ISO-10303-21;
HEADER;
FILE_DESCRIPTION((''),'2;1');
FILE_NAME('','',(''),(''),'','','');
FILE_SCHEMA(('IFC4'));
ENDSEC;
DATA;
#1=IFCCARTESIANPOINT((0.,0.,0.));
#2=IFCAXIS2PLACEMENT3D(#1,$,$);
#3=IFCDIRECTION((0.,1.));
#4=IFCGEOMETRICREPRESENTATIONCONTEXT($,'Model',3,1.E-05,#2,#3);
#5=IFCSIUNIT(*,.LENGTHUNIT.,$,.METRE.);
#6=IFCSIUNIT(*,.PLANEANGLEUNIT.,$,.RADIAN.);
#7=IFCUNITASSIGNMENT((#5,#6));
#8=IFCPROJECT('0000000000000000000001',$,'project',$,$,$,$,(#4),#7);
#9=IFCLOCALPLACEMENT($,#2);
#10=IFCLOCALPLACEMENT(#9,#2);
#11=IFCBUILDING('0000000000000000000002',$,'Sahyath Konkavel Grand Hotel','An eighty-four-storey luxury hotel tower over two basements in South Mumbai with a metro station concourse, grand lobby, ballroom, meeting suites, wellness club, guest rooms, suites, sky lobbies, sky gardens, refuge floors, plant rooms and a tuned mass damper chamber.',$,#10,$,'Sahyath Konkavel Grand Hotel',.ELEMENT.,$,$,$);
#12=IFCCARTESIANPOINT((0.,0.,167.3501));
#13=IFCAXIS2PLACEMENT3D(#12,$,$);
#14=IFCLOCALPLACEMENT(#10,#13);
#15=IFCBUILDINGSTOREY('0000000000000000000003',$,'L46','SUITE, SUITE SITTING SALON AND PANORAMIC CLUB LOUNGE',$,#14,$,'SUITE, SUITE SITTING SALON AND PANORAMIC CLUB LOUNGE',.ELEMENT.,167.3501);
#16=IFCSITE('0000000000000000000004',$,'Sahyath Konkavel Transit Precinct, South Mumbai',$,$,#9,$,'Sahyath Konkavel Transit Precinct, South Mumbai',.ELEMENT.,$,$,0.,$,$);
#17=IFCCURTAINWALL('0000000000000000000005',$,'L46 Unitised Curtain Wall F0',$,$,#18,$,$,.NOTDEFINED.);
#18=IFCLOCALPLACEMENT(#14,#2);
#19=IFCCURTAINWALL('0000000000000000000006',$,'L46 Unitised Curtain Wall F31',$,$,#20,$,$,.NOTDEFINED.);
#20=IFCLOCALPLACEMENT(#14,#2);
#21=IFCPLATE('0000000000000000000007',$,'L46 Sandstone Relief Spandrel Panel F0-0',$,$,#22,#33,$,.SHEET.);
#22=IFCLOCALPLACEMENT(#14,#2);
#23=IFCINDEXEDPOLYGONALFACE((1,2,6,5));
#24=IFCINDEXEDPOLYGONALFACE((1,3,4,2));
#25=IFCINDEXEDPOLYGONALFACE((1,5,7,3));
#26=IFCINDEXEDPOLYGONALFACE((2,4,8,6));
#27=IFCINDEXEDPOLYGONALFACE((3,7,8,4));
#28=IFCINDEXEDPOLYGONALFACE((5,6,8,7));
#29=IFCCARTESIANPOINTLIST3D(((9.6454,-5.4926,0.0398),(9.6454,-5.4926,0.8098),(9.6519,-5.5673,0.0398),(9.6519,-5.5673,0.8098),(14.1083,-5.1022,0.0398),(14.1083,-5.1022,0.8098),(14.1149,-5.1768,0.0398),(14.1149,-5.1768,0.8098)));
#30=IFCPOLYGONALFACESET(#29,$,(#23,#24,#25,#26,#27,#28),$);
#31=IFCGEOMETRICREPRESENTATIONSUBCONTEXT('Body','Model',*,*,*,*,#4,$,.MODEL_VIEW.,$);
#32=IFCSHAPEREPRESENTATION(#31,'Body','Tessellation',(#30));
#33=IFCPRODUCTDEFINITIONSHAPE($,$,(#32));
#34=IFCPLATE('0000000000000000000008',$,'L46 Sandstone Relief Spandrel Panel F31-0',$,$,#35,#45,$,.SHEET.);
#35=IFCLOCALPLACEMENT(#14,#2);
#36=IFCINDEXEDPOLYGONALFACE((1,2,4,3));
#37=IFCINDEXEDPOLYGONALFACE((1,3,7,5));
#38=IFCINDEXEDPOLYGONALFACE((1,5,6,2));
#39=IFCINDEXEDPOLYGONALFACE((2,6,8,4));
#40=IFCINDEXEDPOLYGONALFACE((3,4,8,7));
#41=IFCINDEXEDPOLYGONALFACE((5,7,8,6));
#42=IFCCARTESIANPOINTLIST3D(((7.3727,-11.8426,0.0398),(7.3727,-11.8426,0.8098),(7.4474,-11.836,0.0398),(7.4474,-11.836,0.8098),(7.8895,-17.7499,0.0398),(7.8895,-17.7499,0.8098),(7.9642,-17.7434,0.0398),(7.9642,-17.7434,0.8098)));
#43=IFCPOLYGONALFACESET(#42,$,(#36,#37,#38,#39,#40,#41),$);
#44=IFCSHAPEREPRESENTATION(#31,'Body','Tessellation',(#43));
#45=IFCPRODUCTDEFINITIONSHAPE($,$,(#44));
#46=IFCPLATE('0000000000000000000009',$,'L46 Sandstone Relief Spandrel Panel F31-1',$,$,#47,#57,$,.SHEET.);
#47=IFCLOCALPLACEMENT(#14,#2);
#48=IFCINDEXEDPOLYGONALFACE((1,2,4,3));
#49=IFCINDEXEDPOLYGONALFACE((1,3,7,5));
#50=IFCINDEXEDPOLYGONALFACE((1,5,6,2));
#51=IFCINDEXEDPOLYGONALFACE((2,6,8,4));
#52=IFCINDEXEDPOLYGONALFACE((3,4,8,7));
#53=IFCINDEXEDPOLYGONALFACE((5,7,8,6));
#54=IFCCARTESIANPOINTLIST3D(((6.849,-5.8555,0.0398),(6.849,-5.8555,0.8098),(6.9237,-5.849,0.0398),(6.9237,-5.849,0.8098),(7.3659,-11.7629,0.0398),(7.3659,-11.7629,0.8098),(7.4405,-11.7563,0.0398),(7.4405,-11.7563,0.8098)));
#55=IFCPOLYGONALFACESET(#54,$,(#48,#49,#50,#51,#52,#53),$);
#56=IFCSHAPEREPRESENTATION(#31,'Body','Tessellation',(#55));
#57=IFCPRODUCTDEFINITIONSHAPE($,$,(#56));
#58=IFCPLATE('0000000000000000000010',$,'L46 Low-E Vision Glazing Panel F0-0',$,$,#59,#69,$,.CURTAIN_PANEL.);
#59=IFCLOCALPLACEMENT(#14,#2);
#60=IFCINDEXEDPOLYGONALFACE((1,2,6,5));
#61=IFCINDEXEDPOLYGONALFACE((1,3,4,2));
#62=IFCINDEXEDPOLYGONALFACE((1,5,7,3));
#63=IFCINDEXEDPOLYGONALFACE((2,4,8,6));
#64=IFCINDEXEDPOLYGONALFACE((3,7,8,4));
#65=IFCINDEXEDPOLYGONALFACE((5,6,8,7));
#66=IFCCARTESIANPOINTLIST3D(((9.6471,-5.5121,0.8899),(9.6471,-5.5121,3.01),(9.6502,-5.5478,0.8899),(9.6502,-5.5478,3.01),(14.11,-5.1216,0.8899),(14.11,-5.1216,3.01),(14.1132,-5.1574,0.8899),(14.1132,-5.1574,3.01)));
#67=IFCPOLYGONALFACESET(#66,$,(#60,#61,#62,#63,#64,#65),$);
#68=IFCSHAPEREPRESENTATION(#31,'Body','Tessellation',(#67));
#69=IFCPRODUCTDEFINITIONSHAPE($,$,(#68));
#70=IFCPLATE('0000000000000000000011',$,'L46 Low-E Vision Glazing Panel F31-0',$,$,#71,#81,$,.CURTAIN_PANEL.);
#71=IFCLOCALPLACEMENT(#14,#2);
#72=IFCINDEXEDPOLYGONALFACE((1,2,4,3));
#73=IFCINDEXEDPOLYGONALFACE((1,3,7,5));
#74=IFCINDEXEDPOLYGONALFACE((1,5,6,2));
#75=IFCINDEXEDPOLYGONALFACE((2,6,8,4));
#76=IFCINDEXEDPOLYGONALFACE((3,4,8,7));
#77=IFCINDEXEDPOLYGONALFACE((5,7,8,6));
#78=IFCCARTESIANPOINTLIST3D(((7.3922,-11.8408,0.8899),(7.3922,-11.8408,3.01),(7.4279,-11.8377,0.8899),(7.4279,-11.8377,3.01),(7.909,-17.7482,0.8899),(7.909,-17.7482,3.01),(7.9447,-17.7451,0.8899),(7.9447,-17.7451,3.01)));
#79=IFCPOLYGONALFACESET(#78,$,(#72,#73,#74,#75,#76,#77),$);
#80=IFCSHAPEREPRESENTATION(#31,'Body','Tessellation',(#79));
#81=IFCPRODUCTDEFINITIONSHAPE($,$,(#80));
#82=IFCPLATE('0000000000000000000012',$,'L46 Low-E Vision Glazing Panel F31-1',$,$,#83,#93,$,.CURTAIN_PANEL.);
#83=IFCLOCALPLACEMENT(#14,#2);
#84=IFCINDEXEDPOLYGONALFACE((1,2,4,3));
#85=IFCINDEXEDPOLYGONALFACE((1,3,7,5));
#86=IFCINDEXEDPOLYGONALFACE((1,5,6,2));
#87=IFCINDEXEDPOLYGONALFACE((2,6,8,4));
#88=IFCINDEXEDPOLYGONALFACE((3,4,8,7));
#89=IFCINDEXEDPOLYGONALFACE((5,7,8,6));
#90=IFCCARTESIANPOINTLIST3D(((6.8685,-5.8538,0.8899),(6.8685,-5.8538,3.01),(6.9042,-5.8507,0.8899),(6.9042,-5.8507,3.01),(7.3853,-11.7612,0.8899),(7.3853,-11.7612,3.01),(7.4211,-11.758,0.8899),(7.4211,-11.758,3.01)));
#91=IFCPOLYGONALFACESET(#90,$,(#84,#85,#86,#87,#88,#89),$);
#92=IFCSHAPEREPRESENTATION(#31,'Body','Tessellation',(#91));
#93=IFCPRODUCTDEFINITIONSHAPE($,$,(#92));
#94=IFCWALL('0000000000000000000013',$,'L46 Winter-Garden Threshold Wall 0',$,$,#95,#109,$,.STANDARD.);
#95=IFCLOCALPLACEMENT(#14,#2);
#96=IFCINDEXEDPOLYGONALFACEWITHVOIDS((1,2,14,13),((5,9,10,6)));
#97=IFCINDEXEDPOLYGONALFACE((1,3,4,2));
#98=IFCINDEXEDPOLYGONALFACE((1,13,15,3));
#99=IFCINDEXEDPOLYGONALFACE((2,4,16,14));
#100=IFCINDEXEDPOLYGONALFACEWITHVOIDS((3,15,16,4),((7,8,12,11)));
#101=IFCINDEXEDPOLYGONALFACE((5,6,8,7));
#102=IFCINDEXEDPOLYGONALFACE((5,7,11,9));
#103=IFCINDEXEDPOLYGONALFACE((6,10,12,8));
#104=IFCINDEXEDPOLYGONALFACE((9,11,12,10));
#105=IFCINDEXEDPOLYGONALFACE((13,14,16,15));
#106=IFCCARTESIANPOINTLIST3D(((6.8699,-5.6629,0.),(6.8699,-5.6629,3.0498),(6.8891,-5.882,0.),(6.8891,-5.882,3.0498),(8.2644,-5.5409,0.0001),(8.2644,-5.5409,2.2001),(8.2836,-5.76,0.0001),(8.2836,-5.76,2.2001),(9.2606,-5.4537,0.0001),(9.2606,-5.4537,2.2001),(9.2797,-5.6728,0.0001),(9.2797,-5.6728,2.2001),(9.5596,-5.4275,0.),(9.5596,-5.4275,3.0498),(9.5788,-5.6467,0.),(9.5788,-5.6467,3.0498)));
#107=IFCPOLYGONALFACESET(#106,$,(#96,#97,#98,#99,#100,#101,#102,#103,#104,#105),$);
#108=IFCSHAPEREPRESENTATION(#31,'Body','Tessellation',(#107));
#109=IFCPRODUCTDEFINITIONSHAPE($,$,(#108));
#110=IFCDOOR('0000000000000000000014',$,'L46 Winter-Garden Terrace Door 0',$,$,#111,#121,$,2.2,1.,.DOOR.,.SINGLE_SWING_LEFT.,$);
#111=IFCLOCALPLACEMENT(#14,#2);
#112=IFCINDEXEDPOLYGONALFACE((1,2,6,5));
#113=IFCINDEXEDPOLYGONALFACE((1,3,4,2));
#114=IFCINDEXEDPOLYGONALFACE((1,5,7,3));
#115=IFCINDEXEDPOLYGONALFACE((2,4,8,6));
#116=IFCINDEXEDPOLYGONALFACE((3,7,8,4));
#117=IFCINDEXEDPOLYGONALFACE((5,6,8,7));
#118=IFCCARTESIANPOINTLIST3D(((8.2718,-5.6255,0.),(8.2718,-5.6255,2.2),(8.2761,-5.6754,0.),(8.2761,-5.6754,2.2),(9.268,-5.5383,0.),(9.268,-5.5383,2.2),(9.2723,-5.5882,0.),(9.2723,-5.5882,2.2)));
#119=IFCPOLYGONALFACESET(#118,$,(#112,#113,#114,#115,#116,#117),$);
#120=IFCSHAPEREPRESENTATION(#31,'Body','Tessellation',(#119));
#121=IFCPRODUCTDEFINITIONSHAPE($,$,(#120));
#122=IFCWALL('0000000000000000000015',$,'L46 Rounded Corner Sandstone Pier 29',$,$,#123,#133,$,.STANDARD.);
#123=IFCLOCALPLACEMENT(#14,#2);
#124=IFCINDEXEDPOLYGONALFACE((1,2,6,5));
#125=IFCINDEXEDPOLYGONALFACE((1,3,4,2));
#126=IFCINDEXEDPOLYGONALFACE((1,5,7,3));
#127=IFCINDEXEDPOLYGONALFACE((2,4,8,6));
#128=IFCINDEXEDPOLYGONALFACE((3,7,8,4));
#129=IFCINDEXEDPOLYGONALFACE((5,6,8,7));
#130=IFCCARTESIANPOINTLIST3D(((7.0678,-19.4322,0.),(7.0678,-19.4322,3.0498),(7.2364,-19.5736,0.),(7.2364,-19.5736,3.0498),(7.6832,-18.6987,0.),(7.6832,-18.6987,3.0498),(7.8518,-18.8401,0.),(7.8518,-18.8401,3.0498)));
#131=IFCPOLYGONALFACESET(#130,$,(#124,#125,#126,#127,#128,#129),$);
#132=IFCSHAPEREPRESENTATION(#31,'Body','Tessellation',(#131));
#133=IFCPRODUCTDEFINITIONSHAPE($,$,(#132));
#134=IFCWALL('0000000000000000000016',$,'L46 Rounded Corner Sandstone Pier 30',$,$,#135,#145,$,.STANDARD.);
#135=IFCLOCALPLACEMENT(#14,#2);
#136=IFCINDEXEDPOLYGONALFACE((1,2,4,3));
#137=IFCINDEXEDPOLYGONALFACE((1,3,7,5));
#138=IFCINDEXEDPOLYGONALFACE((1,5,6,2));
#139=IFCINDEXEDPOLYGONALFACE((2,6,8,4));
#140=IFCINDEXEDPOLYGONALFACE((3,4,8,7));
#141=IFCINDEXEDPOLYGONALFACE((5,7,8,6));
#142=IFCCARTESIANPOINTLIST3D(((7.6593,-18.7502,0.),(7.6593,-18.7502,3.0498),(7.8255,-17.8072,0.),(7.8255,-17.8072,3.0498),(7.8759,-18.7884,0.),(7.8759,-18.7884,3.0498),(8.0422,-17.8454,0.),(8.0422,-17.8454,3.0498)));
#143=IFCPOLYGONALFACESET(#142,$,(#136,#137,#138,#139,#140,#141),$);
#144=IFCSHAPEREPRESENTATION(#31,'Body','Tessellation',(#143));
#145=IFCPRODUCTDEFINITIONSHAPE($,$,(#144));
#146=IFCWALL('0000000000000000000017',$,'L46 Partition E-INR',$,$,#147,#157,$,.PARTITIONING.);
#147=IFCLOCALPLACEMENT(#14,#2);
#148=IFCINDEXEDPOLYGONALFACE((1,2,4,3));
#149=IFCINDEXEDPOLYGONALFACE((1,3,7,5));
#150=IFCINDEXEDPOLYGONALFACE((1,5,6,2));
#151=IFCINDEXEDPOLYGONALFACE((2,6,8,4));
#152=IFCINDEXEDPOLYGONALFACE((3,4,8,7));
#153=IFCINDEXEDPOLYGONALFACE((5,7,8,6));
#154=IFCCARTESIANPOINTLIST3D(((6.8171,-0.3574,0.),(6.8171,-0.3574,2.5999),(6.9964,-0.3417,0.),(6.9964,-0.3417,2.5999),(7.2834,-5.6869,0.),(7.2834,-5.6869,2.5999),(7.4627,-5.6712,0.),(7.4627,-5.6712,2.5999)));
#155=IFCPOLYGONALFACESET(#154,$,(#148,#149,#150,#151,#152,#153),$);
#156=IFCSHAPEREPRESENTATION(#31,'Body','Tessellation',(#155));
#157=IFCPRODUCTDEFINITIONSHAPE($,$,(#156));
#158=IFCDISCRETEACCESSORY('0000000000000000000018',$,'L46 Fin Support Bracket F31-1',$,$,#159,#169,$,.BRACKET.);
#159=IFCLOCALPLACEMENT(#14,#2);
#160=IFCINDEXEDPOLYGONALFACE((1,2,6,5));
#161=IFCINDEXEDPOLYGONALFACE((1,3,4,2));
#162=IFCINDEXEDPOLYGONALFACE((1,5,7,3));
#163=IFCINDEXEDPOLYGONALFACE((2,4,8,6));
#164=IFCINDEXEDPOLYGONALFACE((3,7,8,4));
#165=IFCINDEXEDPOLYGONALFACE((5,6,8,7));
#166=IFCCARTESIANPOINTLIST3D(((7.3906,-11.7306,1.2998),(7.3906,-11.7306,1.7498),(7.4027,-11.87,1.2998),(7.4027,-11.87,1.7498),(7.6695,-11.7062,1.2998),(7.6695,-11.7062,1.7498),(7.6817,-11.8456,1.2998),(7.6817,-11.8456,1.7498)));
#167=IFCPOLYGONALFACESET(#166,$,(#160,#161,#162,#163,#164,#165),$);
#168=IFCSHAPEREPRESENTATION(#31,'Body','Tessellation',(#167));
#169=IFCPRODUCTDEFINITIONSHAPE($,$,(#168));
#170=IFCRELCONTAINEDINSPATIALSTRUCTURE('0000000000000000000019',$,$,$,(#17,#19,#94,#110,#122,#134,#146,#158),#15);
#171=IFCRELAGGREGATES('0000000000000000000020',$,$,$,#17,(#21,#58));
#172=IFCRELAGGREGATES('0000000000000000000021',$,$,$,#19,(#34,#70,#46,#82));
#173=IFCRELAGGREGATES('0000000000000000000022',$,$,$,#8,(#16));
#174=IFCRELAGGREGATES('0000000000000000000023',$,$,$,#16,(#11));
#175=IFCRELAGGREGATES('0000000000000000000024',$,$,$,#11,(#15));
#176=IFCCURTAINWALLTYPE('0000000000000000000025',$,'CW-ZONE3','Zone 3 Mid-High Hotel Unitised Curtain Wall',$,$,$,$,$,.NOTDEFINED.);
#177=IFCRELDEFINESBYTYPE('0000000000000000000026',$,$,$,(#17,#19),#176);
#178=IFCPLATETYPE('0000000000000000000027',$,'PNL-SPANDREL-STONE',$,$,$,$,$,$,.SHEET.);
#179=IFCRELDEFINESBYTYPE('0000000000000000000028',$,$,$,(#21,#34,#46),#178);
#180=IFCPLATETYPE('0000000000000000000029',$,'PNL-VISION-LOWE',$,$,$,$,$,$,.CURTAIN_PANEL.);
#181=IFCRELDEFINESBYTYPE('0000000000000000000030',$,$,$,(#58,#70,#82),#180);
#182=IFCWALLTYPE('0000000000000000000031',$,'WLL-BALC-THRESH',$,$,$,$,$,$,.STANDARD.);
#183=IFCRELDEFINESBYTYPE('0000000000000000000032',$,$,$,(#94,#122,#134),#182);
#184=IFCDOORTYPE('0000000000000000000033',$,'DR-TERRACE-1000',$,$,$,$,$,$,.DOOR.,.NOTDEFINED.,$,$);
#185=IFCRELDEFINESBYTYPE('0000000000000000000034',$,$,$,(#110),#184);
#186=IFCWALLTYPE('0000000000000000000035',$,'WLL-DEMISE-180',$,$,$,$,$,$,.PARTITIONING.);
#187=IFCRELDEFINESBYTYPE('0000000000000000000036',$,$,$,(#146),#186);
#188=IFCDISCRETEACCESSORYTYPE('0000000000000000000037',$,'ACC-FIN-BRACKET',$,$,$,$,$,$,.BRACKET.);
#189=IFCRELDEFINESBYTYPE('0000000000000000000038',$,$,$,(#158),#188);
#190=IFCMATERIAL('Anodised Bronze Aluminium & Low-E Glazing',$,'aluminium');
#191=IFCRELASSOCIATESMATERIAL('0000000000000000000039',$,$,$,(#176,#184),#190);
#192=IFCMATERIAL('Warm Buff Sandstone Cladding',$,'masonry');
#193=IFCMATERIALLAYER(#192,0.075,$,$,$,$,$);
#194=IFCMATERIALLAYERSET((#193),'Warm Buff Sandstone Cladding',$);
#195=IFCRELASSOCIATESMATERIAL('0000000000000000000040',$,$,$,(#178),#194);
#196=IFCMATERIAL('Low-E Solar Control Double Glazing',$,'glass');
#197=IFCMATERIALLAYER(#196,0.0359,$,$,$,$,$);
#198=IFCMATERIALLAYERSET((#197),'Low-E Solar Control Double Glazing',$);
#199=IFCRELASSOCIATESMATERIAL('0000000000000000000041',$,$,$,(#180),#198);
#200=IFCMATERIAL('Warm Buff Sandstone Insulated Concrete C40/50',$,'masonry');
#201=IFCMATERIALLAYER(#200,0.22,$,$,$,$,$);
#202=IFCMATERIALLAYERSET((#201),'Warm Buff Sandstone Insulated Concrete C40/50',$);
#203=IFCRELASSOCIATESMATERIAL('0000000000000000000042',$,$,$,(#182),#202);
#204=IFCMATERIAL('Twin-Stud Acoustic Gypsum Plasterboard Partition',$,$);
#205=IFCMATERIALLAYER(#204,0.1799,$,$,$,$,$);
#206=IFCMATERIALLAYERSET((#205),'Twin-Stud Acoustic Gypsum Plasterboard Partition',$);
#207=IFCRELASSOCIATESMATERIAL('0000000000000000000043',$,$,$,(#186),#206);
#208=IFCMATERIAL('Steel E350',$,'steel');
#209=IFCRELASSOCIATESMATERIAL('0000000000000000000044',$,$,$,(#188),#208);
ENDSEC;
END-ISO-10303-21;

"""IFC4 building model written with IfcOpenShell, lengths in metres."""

from ifc_helpers import new_model, si_unit, direction, frame, frame_2d, origin, origin_2d, place, context, subcontext, project, spatial, rectangle, extrude, source, transform, mapped, material, layer, layer_set, type_object, element, fill, aggregate, save


model = new_model("IFC4")

# Units and contexts
model_context = context("Model", 3, precision=1e-05, world=origin(), true_north=direction((0.0, 1.0)))
body_context = subcontext(model_context, "Body", "Model", "MODEL_VIEW")
ifc_project = project(units=[si_unit("LENGTHUNIT", "METRE"), si_unit("PLANEANGLEUNIT", "RADIAN")], contexts=[model_context])

# Site, building, storey
site_placement = place(None, origin())
site = spatial("IfcSite", under=ifc_project, at=site_placement, Name="Sahyath Konkavel Transit Precinct, South Mumbai", LongName="Sahyath Konkavel Transit Precinct, South Mumbai", CompositionType="ELEMENT", RefElevation=0.0)
building_placement = place(site_placement, origin())
building = spatial("IfcBuilding", under=site, at=building_placement, Name="Sahyath Konkavel Grand Hotel", Description="An eighty-four-storey luxury hotel tower over two basements in South Mumbai with a metro station concourse, grand lobby, ballroom, meeting suites, wellness club, guest rooms, suites, sky lobbies, sky gardens, refuge floors, plant rooms and a tuned mass damper chamber.", LongName="Sahyath Konkavel Grand Hotel", CompositionType="ELEMENT")
storey_placement = place(building_placement, frame((0.0, 0.0, 167.3501)))
storey = spatial("IfcBuildingStorey", under=building, at=storey_placement, Name="L46", Description="SUITE, SUITE SITTING SALON AND PANORAMIC CLUB LOUNGE", LongName="SUITE, SUITE SITTING SALON AND PANORAMIC CLUB LOUNGE", CompositionType="ELEMENT", Elevation=167.3501)

# Curtain wall
ifc_material_1 = material(Name="Anodised Bronze Aluminium & Low-E Glazing", Category="aluminium")
curtain_wall_type = type_object("IfcCurtainWallType", Name="CW-ZONE3", Description="Zone 3 Mid-High Hotel Unitised Curtain Wall", PredefinedType="NOTDEFINED", material=ifc_material_1)
curtain_wall_1_placement = place(storey_placement, origin())
curtain_wall_1 = element("IfcCurtainWall", 1, at=curtain_wall_1_placement, inside=storey, type_object=curtain_wall_type, Name="L46 Unitised Curtain Wall F0", PredefinedType="NOTDEFINED")

# Curtain wall
curtain_wall_2_placement = place(storey_placement, origin())
curtain_wall_2 = element("IfcCurtainWall", 2, at=curtain_wall_2_placement, inside=storey, type_object=curtain_wall_type, Name="L46 Unitised Curtain Wall F31", PredefinedType="NOTDEFINED")

# Plates
ifc_material_2 = material(Name="Warm Buff Sandstone Cladding", Category="masonry")
ifc_layer_1 = layer(ifc_material_2, 0.075)
ifc_layer_set_1 = layer_set([ifc_layer_1], Name="Warm Buff Sandstone Cladding")
plate_type_1 = type_object("IfcPlateType", Name="PNL-SPANDREL-STONE", PredefinedType="SHEET", material=ifc_layer_set_1)
shared_shape_1 = source(origin(), body_context, "Body", "SweptSolid", [
    extrude(rectangle(XDim=4.48, YDim=0.075, at=origin_2d()), origin(), (0.0, 0.0, 1.0), 0.77),
])
plate_1_placement = place(storey_placement, frame((11.8801, -5.3347, 0.0398), z_axis=(0.0, 0.0, 1.0), x_axis=(0.996195, 0.087156, 0.0)))
plate_1 = element("IfcPlate", 3, at=plate_1_placement, type_object=plate_type_1, Name="L46 Sandstone Relief Spandrel Panel F0-0", PredefinedType="SHEET", context=body_context, shape_type="MappedRepresentation", body=[
    mapped(shared_shape_1, transform((0.0, 0.0, 0.0), scale=1.0)),
])
shared_shape_2 = source(origin(), body_context, "Body", "SweptSolid", [
    extrude(rectangle(XDim=5.9299, YDim=0.075, at=origin_2d()), origin(), (0.0, 0.0, 1.0), 0.77),
])
plate_2_placement = place(storey_placement, frame((7.6685, -14.793, 0.0398), z_axis=(0.0, 0.0, 1.0), x_axis=(-0.087156, 0.996195, 0.0)))
plate_2 = element("IfcPlate", 4, at=plate_2_placement, type_object=plate_type_1, Name="L46 Sandstone Relief Spandrel Panel F31-0", PredefinedType="SHEET", context=body_context, shape_type="MappedRepresentation", body=[
    mapped(shared_shape_2, transform((0.0, 0.0, 0.0), scale=1.0)),
])
plate_3_placement = place(storey_placement, frame((7.1448, -8.8059, 0.0398), z_axis=(0.0, 0.0, 1.0), x_axis=(-0.087156, 0.996195, 0.0)))
plate_3 = element("IfcPlate", 5, at=plate_3_placement, type_object=plate_type_1, Name="L46 Sandstone Relief Spandrel Panel F31-1", PredefinedType="SHEET", context=body_context, shape_type="MappedRepresentation", body=[
    mapped(shared_shape_2, transform((0.0, 0.0, 0.0), scale=1.0)),
])
ifc_material_3 = material(Name="Low-E Solar Control Double Glazing", Category="glass")
ifc_layer_2 = layer(ifc_material_3, 0.0359)
ifc_layer_set_2 = layer_set([ifc_layer_2], Name="Low-E Solar Control Double Glazing")
plate_type_2 = type_object("IfcPlateType", Name="PNL-VISION-LOWE", PredefinedType="CURTAIN_PANEL", material=ifc_layer_set_2)
shared_shape_3 = source(origin(), body_context, "Body", "SweptSolid", [
    extrude(rectangle(XDim=4.48, YDim=0.0359, at=origin_2d()), origin(), (0.0, 0.0, 1.0), 2.1201),
])
plate_4_placement = place(storey_placement, frame((11.8801, -5.3347, 0.8899), z_axis=(0.0, 0.0, 1.0), x_axis=(0.996195, 0.087156, 0.0)))
plate_4 = element("IfcPlate", 6, at=plate_4_placement, type_object=plate_type_2, Name="L46 Low-E Vision Glazing Panel F0-0", PredefinedType="CURTAIN_PANEL", context=body_context, shape_type="MappedRepresentation", body=[
    mapped(shared_shape_3, transform((0.0, 0.0, 0.0), scale=1.0)),
])
aggregate(curtain_wall_1, [plate_1, plate_4])
shared_shape_4 = source(origin(), body_context, "Body", "SweptSolid", [
    extrude(rectangle(XDim=5.9299, YDim=0.0359, at=origin_2d()), origin(), (0.0, 0.0, 1.0), 2.1201),
])
plate_5_placement = place(storey_placement, frame((7.6685, -14.793, 0.8899), z_axis=(0.0, 0.0, 1.0), x_axis=(-0.087156, 0.996195, 0.0)))
plate_5 = element("IfcPlate", 7, at=plate_5_placement, type_object=plate_type_2, Name="L46 Low-E Vision Glazing Panel F31-0", PredefinedType="CURTAIN_PANEL", context=body_context, shape_type="MappedRepresentation", body=[
    mapped(shared_shape_4, transform((0.0, 0.0, 0.0), scale=1.0)),
])
plate_6_placement = place(storey_placement, frame((7.1448, -8.8059, 0.8899), z_axis=(0.0, 0.0, 1.0), x_axis=(-0.087156, 0.996195, 0.0)))
plate_6 = element("IfcPlate", 8, at=plate_6_placement, type_object=plate_type_2, Name="L46 Low-E Vision Glazing Panel F31-1", PredefinedType="CURTAIN_PANEL", context=body_context, shape_type="MappedRepresentation", body=[
    mapped(shared_shape_4, transform((0.0, 0.0, 0.0), scale=1.0)),
])
aggregate(curtain_wall_2, [plate_2, plate_5, plate_3, plate_6])

# Wall, opening, door
ifc_material_4 = material(Name="Warm Buff Sandstone Insulated Concrete C40/50", Category="masonry")
ifc_layer_3 = layer(ifc_material_4, 0.22)
ifc_layer_set_3 = layer_set([ifc_layer_3], Name="Warm Buff Sandstone Insulated Concrete C40/50")
wall_type_1 = type_object("IfcWallType", Name="WLL-BALC-THRESH", PredefinedType="STANDARD", material=ifc_layer_set_3)
wall_1_placement = place(storey_placement, frame((6.8794, -5.7725, 0.0), z_axis=(0.0, 0.0, 1.0), x_axis=(0.996194, 0.087168, 0.0)))
wall_1 = element("IfcWall", 9, at=wall_1_placement, inside=storey, type_object=wall_type_1, Name="L46 Winter-Garden Threshold Wall 0", PredefinedType="STANDARD", context=body_context, shape_type="SweptSolid", body=[
    extrude(rectangle(XDim=2.7, YDim=0.22, at=frame_2d((1.3501, 0.0))), origin(), (0.0, 0.0, 1.0), 3.0498),
])
opening_placement = place(wall_1_placement, frame((1.3999, 0.0, 0.0)))
opening = element("IfcOpeningElement", 10, at=opening_placement, cuts=wall_1, PredefinedType="OPENING", context=body_context, shape_type="SweptSolid", body=[
    extrude(rectangle(XDim=1.0, YDim=2.2, at=frame_2d((0.5, 1.1001))), frame((0.0, 0.1201, 0.0), z_axis=(0.0, -1.0, 0.0), x_axis=(1.0, 0.0, 0.0)), (0.0, 0.0, 1.0), 0.24),
])
door_type = type_object("IfcDoorType", Name="DR-TERRACE-1000", OperationType="NOTDEFINED", PredefinedType="DOOR", material=ifc_material_1)
shared_shape_5 = source(origin(), body_context, "Body", "SweptSolid", [
    extrude(rectangle(XDim=1.0, YDim=0.05, at=origin_2d()), origin(), (0.0, 0.0, 1.0), 2.2),
])
door_placement = place(opening_placement, frame((0.5, 0.0, 0.0)))
door = element("IfcDoor", 11, at=door_placement, inside=storey, type_object=door_type, Name="L46 Winter-Garden Terrace Door 0", OperationType="SINGLE_SWING_LEFT", OverallHeight=2.2, OverallWidth=1.0, PredefinedType="DOOR", context=body_context, shape_type="MappedRepresentation", body=[
    mapped(shared_shape_5, transform((0.0, 0.0, 0.0), scale=1.0)),
])
fill(opening, door)

# Walls
for number, where, z_axis, x_axis, name in (
    (12, (7.1521, -19.5029, 0.0), (0.0, 0.0, 1.0), (0.642714, 0.766107, 0.0), "L46 Rounded Corner Sandstone Pier 29"),
    (13, (7.7676, -18.7693, 0.0), (0.0, 0.0, 1.0), (0.173654, 0.984807, 0.0), "L46 Rounded Corner Sandstone Pier 30"),
):
    element("IfcWall", number, at=place(storey_placement, frame(where, z_axis=z_axis, x_axis=x_axis)), inside=storey, type_object=wall_type_1, Name=name, PredefinedType="STANDARD", context=body_context, shape_type="SweptSolid", body=[
        extrude(rectangle(XDim=0.9575, YDim=0.22, at=frame_2d((0.4788, 0.0))), origin(), (0.0, 0.0, 1.0), 3.0498),
    ])
ifc_material_5 = material(Name="Twin-Stud Acoustic Gypsum Plasterboard Partition")
ifc_layer_4 = layer(ifc_material_5, 0.1799)
ifc_layer_set_4 = layer_set([ifc_layer_4], Name="Twin-Stud Acoustic Gypsum Plasterboard Partition")
wall_type_2 = type_object("IfcWallType", Name="WLL-DEMISE-180", PredefinedType="PARTITIONING", material=ifc_layer_set_4)
wall_2_placement = place(storey_placement, frame((7.373, -5.679, 0.0), z_axis=(0.0, 0.0, 1.0), x_axis=(-0.087161, 0.996194, 0.0)))
element("IfcWall", 14, at=wall_2_placement, inside=storey, type_object=wall_type_2, Name="L46 Partition E-INR", PredefinedType="PARTITIONING", context=body_context, shape_type="SweptSolid", body=[
    extrude(rectangle(XDim=5.3499, YDim=0.1799, at=frame_2d((2.6748, 0.0))), origin(), (0.0, 0.0, 1.0), 2.5999),
])

# Discrete accessory
ifc_material_6 = material(Name="Steel E350", Category="steel")
discrete_accessory_type = type_object("IfcDiscreteAccessoryType", Name="ACC-FIN-BRACKET", PredefinedType="BRACKET", material=ifc_material_6)
shared_shape_6 = source(origin(), body_context, "Body", "SweptSolid", [
    extrude(rectangle(XDim=0.28, YDim=0.1399, at=origin_2d()), origin(), (0.0, 0.0, 1.0), 0.45),
])
discrete_accessory_placement = place(storey_placement, frame((7.5361, -11.7881, 1.2998), z_axis=(0.0, 0.0, 1.0), x_axis=(0.996195, 0.087156, 0.0)))
element("IfcDiscreteAccessory", 15, at=discrete_accessory_placement, inside=storey, type_object=discrete_accessory_type, Name="L46 Fin Support Bracket F31-1", PredefinedType="BRACKET", context=body_context, shape_type="MappedRepresentation", body=[
    mapped(shared_shape_6, transform((0.0, 0.0, 0.0), scale=1.0)),
])

save(model, "model.ifc")
